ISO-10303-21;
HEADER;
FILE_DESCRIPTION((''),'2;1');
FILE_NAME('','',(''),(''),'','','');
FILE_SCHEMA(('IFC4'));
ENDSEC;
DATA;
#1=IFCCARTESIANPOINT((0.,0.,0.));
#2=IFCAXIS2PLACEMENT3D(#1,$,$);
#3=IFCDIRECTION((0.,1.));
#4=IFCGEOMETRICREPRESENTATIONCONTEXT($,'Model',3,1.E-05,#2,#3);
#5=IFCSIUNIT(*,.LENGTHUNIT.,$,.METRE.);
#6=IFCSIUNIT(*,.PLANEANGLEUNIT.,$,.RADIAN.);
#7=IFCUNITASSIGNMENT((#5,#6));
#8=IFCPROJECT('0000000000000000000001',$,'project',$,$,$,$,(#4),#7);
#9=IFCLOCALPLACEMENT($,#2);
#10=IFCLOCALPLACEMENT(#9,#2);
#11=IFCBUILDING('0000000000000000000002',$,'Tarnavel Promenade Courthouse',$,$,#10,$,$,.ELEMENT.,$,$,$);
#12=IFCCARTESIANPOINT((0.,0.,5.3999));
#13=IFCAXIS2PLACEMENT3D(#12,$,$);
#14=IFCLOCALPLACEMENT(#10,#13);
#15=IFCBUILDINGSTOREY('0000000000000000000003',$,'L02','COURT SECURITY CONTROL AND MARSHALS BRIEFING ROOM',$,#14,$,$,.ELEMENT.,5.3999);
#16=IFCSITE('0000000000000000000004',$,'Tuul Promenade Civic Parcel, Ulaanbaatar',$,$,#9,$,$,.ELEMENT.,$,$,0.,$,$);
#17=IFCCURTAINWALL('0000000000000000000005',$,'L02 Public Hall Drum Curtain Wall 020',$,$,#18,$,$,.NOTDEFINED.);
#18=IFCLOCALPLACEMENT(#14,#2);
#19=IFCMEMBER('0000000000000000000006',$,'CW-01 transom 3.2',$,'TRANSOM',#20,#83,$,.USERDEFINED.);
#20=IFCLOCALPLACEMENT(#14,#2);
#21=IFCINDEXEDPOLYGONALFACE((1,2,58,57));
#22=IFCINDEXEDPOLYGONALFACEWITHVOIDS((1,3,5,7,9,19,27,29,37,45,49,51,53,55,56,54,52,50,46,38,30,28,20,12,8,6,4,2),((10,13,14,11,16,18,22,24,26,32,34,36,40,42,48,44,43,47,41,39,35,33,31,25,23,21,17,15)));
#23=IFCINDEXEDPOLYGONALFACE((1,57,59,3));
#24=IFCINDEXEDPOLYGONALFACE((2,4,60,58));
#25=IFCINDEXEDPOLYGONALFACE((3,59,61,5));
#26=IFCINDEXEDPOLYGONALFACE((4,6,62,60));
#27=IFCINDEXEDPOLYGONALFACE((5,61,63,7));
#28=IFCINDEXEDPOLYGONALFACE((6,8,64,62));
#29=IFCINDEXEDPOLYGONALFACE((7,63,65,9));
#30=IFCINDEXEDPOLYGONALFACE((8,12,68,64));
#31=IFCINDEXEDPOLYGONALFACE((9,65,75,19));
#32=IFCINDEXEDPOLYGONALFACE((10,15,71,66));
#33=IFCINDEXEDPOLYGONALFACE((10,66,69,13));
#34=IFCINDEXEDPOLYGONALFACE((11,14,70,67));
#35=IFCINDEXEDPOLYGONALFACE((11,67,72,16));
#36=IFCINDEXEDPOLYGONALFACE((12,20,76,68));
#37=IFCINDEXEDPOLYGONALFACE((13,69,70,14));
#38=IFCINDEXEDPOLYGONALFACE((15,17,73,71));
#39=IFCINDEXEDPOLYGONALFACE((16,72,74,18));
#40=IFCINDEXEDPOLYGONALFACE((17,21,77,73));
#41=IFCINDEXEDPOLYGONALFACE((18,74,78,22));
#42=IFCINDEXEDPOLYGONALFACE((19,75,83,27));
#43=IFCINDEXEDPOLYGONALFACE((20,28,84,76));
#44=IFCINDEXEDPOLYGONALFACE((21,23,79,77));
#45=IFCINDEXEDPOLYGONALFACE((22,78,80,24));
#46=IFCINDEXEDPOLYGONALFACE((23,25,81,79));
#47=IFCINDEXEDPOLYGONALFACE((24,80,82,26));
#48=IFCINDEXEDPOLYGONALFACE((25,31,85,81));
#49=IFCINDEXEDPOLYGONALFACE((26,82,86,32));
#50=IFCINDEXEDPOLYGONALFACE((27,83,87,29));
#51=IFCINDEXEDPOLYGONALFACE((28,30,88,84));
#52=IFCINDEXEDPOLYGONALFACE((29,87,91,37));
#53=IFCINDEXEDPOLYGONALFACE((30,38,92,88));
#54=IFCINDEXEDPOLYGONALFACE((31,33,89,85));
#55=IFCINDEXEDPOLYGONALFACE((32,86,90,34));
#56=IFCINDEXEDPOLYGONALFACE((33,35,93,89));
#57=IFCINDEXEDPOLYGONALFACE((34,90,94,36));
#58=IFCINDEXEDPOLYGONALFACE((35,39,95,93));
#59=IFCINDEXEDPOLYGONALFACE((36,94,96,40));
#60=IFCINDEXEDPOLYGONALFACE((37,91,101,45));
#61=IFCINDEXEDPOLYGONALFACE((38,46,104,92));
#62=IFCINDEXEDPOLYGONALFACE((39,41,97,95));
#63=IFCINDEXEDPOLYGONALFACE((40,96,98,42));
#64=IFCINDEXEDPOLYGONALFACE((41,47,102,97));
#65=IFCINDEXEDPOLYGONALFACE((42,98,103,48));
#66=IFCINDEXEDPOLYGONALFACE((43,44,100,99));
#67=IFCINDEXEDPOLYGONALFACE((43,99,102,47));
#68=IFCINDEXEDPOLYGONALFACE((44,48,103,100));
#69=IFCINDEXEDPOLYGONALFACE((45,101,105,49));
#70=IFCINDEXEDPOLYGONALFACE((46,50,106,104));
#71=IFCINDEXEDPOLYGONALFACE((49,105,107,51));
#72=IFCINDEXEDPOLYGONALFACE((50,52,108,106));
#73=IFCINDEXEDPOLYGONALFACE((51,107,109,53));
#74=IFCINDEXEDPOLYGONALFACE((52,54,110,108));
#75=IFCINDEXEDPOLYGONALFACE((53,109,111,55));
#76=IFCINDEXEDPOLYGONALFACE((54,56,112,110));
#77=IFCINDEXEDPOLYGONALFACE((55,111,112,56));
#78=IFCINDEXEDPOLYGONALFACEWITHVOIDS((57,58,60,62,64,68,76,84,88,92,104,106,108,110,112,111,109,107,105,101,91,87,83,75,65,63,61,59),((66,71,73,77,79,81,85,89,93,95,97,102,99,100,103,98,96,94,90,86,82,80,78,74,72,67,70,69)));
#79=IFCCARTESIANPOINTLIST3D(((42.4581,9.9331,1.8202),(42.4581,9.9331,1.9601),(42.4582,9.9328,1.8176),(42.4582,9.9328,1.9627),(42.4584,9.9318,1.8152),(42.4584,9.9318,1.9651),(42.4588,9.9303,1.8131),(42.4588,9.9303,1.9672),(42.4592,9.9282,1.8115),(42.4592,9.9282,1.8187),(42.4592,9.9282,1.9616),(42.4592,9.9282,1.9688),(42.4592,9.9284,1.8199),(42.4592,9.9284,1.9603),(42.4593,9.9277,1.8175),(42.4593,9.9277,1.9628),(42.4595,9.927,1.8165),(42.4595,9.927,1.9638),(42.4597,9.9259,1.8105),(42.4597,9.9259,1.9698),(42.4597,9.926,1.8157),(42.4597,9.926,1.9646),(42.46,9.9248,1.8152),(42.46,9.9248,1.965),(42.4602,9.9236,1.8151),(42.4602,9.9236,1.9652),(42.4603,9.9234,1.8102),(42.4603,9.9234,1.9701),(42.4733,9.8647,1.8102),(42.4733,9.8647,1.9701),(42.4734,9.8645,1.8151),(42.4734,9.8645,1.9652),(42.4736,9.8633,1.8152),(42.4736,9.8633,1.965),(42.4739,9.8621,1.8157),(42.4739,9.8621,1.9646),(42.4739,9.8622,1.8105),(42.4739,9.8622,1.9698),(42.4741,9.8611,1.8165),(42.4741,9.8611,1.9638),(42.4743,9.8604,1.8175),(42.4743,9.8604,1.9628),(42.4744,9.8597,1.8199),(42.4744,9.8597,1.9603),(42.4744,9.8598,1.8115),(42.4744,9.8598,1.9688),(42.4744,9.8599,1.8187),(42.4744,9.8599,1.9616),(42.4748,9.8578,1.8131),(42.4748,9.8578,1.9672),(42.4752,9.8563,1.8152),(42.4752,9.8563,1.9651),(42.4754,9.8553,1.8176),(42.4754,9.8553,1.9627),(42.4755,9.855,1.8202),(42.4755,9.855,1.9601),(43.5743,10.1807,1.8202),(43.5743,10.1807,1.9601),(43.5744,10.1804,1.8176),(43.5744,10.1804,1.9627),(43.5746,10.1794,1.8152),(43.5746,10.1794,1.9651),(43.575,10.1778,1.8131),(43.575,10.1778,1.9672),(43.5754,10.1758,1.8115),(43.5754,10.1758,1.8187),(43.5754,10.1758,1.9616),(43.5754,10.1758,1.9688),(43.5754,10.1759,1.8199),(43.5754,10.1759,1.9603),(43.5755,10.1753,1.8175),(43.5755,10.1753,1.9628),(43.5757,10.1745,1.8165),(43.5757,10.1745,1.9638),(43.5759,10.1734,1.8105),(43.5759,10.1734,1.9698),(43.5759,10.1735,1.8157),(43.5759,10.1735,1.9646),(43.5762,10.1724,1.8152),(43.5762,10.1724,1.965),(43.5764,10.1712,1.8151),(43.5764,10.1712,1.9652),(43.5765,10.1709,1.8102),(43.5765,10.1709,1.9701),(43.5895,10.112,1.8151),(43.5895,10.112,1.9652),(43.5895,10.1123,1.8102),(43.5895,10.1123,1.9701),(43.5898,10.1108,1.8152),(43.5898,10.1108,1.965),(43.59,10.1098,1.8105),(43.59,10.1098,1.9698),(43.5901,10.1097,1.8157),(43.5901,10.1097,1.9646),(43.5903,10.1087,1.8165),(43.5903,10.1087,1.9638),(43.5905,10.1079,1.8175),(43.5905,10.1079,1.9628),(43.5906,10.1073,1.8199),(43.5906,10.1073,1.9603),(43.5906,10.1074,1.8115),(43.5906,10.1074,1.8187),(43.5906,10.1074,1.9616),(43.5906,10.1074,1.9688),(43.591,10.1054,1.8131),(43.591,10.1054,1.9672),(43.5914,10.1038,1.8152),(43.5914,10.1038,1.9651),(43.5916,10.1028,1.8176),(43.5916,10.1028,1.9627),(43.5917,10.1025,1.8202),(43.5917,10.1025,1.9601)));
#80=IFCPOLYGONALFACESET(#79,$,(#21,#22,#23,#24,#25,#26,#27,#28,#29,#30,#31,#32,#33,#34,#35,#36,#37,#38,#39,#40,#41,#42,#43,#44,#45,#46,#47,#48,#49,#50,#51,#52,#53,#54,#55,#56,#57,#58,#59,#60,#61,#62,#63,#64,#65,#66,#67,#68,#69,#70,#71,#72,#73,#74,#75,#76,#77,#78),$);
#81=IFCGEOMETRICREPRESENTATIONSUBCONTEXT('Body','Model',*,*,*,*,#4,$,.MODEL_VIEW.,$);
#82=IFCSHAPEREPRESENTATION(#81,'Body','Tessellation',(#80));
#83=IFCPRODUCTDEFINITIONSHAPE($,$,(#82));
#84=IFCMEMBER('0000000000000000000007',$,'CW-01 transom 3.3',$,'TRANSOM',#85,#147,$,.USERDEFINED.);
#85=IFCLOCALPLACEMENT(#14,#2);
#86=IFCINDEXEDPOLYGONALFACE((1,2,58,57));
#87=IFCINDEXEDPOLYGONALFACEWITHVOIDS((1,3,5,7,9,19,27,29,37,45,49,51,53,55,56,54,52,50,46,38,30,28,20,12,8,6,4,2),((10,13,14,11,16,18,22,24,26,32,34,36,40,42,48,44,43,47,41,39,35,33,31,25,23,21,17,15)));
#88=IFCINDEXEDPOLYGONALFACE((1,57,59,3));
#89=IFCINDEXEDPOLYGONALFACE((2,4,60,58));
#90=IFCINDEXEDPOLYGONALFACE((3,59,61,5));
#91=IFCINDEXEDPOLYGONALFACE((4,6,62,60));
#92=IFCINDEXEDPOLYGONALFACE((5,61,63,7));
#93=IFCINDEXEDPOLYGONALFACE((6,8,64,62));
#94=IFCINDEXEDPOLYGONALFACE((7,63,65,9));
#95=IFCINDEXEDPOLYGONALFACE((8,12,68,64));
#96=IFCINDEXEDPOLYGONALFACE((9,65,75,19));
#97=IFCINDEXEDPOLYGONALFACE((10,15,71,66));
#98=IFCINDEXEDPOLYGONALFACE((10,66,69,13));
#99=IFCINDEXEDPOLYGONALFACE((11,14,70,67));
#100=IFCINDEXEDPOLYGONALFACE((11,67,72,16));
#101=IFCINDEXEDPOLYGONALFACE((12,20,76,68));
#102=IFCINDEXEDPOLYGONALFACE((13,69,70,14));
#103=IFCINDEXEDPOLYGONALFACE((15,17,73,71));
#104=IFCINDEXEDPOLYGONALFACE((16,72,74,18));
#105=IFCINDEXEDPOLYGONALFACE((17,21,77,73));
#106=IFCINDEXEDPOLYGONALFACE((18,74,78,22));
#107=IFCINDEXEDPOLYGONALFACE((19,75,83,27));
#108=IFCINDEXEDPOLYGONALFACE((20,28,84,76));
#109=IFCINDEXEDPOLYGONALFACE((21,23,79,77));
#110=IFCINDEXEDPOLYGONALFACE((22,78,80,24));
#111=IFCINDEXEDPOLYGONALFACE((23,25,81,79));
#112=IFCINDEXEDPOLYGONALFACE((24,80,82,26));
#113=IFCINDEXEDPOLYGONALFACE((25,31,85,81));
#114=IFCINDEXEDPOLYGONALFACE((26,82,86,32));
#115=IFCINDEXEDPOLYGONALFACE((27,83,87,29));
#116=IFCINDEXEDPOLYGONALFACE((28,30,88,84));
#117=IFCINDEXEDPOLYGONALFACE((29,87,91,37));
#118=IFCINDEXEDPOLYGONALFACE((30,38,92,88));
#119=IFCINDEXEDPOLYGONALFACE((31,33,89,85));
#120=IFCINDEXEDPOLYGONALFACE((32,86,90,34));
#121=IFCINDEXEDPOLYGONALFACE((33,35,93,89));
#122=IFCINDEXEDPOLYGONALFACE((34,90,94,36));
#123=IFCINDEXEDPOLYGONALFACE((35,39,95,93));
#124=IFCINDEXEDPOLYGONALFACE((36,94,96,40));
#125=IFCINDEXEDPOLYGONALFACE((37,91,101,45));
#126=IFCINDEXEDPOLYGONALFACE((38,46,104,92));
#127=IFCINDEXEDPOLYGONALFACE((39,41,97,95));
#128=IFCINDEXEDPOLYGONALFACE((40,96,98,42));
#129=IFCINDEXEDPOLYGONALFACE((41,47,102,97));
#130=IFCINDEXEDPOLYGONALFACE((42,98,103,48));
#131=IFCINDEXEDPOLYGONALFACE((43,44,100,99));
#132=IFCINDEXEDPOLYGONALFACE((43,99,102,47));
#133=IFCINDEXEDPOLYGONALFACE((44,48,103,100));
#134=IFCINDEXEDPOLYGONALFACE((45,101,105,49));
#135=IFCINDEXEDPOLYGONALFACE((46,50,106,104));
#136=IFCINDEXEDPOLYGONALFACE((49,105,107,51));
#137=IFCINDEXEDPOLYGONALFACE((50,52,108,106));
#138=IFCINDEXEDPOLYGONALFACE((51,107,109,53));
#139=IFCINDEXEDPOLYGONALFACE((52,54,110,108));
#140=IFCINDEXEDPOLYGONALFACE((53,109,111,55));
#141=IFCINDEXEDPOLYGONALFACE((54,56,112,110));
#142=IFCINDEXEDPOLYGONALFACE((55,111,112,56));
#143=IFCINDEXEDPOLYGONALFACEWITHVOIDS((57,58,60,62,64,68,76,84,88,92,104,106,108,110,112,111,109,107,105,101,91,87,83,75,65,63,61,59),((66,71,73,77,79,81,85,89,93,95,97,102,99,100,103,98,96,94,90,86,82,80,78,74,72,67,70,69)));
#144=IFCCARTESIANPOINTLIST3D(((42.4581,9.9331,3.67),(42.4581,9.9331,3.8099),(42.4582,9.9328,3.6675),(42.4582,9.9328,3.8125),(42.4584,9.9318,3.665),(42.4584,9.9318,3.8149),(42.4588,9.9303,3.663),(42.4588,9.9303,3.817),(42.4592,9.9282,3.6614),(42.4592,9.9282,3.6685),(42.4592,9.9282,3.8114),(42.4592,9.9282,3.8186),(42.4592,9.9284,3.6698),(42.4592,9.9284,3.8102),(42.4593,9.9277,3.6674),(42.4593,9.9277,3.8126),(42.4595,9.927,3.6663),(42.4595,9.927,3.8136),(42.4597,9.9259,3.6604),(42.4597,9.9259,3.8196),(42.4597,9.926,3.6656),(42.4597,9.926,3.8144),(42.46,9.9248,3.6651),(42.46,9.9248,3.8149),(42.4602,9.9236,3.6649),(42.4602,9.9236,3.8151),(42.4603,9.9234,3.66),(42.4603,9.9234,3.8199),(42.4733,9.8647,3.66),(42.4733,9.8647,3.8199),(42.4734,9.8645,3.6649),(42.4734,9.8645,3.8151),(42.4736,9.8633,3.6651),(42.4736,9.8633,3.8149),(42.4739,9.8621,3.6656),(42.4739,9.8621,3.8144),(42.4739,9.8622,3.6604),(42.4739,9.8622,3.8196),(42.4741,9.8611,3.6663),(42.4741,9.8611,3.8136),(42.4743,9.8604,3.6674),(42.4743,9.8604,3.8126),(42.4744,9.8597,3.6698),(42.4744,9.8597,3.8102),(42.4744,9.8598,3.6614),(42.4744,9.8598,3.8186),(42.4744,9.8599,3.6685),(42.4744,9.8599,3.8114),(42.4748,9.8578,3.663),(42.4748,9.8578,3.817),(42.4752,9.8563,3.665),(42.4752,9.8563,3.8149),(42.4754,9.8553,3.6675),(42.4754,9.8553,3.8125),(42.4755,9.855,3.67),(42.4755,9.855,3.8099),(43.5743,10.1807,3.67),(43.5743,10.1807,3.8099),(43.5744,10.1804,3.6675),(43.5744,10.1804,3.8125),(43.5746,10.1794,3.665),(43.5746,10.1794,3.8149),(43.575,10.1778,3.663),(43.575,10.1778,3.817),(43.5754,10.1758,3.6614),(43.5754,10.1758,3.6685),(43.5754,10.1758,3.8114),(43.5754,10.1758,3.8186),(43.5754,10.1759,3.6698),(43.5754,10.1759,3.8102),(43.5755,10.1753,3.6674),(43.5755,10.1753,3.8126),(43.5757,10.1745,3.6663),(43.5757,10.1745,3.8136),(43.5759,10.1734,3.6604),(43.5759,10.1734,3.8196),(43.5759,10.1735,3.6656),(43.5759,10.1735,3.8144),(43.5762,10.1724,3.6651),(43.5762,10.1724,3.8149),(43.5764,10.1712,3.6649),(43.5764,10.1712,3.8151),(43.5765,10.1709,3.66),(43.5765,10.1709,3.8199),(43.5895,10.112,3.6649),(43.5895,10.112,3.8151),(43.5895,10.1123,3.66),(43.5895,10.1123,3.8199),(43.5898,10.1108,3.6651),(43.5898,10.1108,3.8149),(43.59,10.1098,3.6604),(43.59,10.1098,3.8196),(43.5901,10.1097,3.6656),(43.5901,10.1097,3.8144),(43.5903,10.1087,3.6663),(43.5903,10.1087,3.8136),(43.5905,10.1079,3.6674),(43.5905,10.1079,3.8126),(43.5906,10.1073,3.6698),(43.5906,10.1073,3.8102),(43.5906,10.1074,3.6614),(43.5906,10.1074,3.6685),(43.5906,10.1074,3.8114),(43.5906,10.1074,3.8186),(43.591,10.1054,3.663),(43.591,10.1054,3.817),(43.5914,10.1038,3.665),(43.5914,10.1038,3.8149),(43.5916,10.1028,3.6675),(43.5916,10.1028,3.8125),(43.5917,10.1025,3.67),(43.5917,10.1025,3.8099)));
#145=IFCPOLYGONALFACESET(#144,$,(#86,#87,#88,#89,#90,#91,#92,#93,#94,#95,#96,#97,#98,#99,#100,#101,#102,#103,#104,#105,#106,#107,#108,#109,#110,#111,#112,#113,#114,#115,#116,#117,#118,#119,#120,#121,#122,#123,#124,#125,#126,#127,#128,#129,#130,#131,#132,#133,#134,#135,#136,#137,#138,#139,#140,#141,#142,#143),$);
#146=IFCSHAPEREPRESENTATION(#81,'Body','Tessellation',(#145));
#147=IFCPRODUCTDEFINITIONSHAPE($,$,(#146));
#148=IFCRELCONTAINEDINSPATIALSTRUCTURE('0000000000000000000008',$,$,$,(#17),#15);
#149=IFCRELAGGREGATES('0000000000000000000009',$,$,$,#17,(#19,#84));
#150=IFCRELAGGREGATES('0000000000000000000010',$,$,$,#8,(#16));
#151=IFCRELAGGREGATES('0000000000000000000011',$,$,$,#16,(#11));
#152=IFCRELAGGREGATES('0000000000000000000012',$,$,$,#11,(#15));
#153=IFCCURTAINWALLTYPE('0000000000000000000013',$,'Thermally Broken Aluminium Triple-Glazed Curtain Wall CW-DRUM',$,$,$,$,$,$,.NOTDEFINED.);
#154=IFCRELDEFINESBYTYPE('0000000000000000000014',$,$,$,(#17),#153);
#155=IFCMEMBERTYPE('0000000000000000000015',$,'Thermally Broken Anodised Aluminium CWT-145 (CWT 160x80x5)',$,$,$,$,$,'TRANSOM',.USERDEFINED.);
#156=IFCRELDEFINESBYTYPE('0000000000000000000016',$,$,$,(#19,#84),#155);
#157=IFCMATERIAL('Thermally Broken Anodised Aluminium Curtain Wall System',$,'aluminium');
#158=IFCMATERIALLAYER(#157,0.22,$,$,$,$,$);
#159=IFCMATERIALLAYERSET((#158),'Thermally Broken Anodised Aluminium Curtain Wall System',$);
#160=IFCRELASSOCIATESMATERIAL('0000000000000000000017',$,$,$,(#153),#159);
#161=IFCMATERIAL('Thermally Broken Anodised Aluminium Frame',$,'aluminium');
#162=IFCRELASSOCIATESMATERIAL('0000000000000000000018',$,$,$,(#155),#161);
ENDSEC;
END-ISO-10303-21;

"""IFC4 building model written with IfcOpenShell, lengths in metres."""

from ifc_helpers import new_model, si_unit, direction, frame, origin, origin_2d, place, context, subcontext, project, spatial, hollow_rectangle, extrude, material, layer, layer_set, material_profile, profile_set, type_object, element, aggregate, save


model = new_model("IFC4")

# Units and contexts
model_context = context("Model", 3, precision=1e-05, world=origin(), true_north=direction((0.0, 1.0)))
body_context = subcontext(model_context, "Body", "Model", "MODEL_VIEW")
ifc_project = project(units=[si_unit("LENGTHUNIT", "METRE"), si_unit("PLANEANGLEUNIT", "RADIAN")], contexts=[model_context])

# Site, building, storey
site_placement = place(None, origin())
site = spatial("IfcSite", under=ifc_project, at=site_placement, Name="Tuul Promenade Civic Parcel, Ulaanbaatar", CompositionType="ELEMENT", RefElevation=0.0)
building_placement = place(site_placement, origin())
building = spatial("IfcBuilding", under=site, at=building_placement, Name="Tarnavel Promenade Courthouse", CompositionType="ELEMENT")
storey_placement = place(building_placement, frame((0.0, 0.0, 5.3999)))
storey = spatial("IfcBuildingStorey", under=building, at=storey_placement, Name="L02", Description="COURT SECURITY CONTROL AND MARSHALS BRIEFING ROOM", CompositionType="ELEMENT", Elevation=5.3999)

# Curtain wall
ifc_material_1 = material(Name="Thermally Broken Anodised Aluminium Curtain Wall System", Category="aluminium")
ifc_layer_1 = layer(ifc_material_1, 0.22)
ifc_layer_set_1 = layer_set([ifc_layer_1], Name="Thermally Broken Anodised Aluminium Curtain Wall System")
curtain_wall_type = type_object("IfcCurtainWallType", Name="Thermally Broken Aluminium Triple-Glazed Curtain Wall CW-DRUM", PredefinedType="NOTDEFINED", material=ifc_layer_set_1)
curtain_wall_1_placement = place(storey_placement, origin())
curtain_wall_1 = element("IfcCurtainWall", 1, at=curtain_wall_1_placement, inside=storey, type_object=curtain_wall_type, Name="L02 Public Hall Drum Curtain Wall 020", PredefinedType="NOTDEFINED")
ifc_material_2 = material(Name="Thermally Broken Anodised Aluminium Frame", Category="aluminium")

# Members
ifc_material_profile_1 = material_profile(ifc_material_2, hollow_rectangle(XDim=0.0801, YDim=0.1599, WallThickness=0.0049, InnerFilletRadius=0.0049, OuterFilletRadius=0.01, at=origin_2d()), Name="CWT 160x80x5")
ifc_profile_set_1 = profile_set([ifc_material_profile_1], Name="Thermally Broken Anodised Aluminium Frame")
member_type_1 = type_object("IfcMemberType", Name="Thermally Broken Anodised Aluminium CWT-145 (CWT 160x80x5)", ElementType="TRANSOM", PredefinedType="USERDEFINED", material=ifc_profile_set_1)
member_1_placement = place(storey_placement, frame((42.4668, 9.894, 1.8901), z_axis=(0.976277, 0.216523, 0.0), x_axis=(-0.216523, 0.976277, 0.0)))
member_1 = element("IfcMember", 2, at=member_1_placement, type_object=member_type_1, Name="CW-01 transom 3.2", ObjectType="TRANSOM", PredefinedType="USERDEFINED", context=body_context, shape_type="SweptSolid", body=[
    extrude(hollow_rectangle(XDim=0.0801, YDim=0.1599, WallThickness=0.0049, InnerFilletRadius=0.0049, OuterFilletRadius=0.01, at=origin_2d()), origin(), (0.0, 0.0, 1.0), 1.1433),
])
member_2_placement = place(storey_placement, frame((42.4668, 9.894, 3.74), z_axis=(0.976277, 0.216523, 0.0), x_axis=(-0.216523, 0.976277, 0.0)))
member_2 = element("IfcMember", 3, at=member_2_placement, type_object=member_type_1, Name="CW-01 transom 3.3", ObjectType="TRANSOM", PredefinedType="USERDEFINED", context=body_context, shape_type="SweptSolid", body=[
    extrude(hollow_rectangle(XDim=0.0801, YDim=0.1599, WallThickness=0.0049, InnerFilletRadius=0.0049, OuterFilletRadius=0.01, at=origin_2d()), origin(), (0.0, 0.0, 1.0), 1.1433),
])

aggregate(curtain_wall_1, [member_1, member_2])

save(model, "model.ifc")
